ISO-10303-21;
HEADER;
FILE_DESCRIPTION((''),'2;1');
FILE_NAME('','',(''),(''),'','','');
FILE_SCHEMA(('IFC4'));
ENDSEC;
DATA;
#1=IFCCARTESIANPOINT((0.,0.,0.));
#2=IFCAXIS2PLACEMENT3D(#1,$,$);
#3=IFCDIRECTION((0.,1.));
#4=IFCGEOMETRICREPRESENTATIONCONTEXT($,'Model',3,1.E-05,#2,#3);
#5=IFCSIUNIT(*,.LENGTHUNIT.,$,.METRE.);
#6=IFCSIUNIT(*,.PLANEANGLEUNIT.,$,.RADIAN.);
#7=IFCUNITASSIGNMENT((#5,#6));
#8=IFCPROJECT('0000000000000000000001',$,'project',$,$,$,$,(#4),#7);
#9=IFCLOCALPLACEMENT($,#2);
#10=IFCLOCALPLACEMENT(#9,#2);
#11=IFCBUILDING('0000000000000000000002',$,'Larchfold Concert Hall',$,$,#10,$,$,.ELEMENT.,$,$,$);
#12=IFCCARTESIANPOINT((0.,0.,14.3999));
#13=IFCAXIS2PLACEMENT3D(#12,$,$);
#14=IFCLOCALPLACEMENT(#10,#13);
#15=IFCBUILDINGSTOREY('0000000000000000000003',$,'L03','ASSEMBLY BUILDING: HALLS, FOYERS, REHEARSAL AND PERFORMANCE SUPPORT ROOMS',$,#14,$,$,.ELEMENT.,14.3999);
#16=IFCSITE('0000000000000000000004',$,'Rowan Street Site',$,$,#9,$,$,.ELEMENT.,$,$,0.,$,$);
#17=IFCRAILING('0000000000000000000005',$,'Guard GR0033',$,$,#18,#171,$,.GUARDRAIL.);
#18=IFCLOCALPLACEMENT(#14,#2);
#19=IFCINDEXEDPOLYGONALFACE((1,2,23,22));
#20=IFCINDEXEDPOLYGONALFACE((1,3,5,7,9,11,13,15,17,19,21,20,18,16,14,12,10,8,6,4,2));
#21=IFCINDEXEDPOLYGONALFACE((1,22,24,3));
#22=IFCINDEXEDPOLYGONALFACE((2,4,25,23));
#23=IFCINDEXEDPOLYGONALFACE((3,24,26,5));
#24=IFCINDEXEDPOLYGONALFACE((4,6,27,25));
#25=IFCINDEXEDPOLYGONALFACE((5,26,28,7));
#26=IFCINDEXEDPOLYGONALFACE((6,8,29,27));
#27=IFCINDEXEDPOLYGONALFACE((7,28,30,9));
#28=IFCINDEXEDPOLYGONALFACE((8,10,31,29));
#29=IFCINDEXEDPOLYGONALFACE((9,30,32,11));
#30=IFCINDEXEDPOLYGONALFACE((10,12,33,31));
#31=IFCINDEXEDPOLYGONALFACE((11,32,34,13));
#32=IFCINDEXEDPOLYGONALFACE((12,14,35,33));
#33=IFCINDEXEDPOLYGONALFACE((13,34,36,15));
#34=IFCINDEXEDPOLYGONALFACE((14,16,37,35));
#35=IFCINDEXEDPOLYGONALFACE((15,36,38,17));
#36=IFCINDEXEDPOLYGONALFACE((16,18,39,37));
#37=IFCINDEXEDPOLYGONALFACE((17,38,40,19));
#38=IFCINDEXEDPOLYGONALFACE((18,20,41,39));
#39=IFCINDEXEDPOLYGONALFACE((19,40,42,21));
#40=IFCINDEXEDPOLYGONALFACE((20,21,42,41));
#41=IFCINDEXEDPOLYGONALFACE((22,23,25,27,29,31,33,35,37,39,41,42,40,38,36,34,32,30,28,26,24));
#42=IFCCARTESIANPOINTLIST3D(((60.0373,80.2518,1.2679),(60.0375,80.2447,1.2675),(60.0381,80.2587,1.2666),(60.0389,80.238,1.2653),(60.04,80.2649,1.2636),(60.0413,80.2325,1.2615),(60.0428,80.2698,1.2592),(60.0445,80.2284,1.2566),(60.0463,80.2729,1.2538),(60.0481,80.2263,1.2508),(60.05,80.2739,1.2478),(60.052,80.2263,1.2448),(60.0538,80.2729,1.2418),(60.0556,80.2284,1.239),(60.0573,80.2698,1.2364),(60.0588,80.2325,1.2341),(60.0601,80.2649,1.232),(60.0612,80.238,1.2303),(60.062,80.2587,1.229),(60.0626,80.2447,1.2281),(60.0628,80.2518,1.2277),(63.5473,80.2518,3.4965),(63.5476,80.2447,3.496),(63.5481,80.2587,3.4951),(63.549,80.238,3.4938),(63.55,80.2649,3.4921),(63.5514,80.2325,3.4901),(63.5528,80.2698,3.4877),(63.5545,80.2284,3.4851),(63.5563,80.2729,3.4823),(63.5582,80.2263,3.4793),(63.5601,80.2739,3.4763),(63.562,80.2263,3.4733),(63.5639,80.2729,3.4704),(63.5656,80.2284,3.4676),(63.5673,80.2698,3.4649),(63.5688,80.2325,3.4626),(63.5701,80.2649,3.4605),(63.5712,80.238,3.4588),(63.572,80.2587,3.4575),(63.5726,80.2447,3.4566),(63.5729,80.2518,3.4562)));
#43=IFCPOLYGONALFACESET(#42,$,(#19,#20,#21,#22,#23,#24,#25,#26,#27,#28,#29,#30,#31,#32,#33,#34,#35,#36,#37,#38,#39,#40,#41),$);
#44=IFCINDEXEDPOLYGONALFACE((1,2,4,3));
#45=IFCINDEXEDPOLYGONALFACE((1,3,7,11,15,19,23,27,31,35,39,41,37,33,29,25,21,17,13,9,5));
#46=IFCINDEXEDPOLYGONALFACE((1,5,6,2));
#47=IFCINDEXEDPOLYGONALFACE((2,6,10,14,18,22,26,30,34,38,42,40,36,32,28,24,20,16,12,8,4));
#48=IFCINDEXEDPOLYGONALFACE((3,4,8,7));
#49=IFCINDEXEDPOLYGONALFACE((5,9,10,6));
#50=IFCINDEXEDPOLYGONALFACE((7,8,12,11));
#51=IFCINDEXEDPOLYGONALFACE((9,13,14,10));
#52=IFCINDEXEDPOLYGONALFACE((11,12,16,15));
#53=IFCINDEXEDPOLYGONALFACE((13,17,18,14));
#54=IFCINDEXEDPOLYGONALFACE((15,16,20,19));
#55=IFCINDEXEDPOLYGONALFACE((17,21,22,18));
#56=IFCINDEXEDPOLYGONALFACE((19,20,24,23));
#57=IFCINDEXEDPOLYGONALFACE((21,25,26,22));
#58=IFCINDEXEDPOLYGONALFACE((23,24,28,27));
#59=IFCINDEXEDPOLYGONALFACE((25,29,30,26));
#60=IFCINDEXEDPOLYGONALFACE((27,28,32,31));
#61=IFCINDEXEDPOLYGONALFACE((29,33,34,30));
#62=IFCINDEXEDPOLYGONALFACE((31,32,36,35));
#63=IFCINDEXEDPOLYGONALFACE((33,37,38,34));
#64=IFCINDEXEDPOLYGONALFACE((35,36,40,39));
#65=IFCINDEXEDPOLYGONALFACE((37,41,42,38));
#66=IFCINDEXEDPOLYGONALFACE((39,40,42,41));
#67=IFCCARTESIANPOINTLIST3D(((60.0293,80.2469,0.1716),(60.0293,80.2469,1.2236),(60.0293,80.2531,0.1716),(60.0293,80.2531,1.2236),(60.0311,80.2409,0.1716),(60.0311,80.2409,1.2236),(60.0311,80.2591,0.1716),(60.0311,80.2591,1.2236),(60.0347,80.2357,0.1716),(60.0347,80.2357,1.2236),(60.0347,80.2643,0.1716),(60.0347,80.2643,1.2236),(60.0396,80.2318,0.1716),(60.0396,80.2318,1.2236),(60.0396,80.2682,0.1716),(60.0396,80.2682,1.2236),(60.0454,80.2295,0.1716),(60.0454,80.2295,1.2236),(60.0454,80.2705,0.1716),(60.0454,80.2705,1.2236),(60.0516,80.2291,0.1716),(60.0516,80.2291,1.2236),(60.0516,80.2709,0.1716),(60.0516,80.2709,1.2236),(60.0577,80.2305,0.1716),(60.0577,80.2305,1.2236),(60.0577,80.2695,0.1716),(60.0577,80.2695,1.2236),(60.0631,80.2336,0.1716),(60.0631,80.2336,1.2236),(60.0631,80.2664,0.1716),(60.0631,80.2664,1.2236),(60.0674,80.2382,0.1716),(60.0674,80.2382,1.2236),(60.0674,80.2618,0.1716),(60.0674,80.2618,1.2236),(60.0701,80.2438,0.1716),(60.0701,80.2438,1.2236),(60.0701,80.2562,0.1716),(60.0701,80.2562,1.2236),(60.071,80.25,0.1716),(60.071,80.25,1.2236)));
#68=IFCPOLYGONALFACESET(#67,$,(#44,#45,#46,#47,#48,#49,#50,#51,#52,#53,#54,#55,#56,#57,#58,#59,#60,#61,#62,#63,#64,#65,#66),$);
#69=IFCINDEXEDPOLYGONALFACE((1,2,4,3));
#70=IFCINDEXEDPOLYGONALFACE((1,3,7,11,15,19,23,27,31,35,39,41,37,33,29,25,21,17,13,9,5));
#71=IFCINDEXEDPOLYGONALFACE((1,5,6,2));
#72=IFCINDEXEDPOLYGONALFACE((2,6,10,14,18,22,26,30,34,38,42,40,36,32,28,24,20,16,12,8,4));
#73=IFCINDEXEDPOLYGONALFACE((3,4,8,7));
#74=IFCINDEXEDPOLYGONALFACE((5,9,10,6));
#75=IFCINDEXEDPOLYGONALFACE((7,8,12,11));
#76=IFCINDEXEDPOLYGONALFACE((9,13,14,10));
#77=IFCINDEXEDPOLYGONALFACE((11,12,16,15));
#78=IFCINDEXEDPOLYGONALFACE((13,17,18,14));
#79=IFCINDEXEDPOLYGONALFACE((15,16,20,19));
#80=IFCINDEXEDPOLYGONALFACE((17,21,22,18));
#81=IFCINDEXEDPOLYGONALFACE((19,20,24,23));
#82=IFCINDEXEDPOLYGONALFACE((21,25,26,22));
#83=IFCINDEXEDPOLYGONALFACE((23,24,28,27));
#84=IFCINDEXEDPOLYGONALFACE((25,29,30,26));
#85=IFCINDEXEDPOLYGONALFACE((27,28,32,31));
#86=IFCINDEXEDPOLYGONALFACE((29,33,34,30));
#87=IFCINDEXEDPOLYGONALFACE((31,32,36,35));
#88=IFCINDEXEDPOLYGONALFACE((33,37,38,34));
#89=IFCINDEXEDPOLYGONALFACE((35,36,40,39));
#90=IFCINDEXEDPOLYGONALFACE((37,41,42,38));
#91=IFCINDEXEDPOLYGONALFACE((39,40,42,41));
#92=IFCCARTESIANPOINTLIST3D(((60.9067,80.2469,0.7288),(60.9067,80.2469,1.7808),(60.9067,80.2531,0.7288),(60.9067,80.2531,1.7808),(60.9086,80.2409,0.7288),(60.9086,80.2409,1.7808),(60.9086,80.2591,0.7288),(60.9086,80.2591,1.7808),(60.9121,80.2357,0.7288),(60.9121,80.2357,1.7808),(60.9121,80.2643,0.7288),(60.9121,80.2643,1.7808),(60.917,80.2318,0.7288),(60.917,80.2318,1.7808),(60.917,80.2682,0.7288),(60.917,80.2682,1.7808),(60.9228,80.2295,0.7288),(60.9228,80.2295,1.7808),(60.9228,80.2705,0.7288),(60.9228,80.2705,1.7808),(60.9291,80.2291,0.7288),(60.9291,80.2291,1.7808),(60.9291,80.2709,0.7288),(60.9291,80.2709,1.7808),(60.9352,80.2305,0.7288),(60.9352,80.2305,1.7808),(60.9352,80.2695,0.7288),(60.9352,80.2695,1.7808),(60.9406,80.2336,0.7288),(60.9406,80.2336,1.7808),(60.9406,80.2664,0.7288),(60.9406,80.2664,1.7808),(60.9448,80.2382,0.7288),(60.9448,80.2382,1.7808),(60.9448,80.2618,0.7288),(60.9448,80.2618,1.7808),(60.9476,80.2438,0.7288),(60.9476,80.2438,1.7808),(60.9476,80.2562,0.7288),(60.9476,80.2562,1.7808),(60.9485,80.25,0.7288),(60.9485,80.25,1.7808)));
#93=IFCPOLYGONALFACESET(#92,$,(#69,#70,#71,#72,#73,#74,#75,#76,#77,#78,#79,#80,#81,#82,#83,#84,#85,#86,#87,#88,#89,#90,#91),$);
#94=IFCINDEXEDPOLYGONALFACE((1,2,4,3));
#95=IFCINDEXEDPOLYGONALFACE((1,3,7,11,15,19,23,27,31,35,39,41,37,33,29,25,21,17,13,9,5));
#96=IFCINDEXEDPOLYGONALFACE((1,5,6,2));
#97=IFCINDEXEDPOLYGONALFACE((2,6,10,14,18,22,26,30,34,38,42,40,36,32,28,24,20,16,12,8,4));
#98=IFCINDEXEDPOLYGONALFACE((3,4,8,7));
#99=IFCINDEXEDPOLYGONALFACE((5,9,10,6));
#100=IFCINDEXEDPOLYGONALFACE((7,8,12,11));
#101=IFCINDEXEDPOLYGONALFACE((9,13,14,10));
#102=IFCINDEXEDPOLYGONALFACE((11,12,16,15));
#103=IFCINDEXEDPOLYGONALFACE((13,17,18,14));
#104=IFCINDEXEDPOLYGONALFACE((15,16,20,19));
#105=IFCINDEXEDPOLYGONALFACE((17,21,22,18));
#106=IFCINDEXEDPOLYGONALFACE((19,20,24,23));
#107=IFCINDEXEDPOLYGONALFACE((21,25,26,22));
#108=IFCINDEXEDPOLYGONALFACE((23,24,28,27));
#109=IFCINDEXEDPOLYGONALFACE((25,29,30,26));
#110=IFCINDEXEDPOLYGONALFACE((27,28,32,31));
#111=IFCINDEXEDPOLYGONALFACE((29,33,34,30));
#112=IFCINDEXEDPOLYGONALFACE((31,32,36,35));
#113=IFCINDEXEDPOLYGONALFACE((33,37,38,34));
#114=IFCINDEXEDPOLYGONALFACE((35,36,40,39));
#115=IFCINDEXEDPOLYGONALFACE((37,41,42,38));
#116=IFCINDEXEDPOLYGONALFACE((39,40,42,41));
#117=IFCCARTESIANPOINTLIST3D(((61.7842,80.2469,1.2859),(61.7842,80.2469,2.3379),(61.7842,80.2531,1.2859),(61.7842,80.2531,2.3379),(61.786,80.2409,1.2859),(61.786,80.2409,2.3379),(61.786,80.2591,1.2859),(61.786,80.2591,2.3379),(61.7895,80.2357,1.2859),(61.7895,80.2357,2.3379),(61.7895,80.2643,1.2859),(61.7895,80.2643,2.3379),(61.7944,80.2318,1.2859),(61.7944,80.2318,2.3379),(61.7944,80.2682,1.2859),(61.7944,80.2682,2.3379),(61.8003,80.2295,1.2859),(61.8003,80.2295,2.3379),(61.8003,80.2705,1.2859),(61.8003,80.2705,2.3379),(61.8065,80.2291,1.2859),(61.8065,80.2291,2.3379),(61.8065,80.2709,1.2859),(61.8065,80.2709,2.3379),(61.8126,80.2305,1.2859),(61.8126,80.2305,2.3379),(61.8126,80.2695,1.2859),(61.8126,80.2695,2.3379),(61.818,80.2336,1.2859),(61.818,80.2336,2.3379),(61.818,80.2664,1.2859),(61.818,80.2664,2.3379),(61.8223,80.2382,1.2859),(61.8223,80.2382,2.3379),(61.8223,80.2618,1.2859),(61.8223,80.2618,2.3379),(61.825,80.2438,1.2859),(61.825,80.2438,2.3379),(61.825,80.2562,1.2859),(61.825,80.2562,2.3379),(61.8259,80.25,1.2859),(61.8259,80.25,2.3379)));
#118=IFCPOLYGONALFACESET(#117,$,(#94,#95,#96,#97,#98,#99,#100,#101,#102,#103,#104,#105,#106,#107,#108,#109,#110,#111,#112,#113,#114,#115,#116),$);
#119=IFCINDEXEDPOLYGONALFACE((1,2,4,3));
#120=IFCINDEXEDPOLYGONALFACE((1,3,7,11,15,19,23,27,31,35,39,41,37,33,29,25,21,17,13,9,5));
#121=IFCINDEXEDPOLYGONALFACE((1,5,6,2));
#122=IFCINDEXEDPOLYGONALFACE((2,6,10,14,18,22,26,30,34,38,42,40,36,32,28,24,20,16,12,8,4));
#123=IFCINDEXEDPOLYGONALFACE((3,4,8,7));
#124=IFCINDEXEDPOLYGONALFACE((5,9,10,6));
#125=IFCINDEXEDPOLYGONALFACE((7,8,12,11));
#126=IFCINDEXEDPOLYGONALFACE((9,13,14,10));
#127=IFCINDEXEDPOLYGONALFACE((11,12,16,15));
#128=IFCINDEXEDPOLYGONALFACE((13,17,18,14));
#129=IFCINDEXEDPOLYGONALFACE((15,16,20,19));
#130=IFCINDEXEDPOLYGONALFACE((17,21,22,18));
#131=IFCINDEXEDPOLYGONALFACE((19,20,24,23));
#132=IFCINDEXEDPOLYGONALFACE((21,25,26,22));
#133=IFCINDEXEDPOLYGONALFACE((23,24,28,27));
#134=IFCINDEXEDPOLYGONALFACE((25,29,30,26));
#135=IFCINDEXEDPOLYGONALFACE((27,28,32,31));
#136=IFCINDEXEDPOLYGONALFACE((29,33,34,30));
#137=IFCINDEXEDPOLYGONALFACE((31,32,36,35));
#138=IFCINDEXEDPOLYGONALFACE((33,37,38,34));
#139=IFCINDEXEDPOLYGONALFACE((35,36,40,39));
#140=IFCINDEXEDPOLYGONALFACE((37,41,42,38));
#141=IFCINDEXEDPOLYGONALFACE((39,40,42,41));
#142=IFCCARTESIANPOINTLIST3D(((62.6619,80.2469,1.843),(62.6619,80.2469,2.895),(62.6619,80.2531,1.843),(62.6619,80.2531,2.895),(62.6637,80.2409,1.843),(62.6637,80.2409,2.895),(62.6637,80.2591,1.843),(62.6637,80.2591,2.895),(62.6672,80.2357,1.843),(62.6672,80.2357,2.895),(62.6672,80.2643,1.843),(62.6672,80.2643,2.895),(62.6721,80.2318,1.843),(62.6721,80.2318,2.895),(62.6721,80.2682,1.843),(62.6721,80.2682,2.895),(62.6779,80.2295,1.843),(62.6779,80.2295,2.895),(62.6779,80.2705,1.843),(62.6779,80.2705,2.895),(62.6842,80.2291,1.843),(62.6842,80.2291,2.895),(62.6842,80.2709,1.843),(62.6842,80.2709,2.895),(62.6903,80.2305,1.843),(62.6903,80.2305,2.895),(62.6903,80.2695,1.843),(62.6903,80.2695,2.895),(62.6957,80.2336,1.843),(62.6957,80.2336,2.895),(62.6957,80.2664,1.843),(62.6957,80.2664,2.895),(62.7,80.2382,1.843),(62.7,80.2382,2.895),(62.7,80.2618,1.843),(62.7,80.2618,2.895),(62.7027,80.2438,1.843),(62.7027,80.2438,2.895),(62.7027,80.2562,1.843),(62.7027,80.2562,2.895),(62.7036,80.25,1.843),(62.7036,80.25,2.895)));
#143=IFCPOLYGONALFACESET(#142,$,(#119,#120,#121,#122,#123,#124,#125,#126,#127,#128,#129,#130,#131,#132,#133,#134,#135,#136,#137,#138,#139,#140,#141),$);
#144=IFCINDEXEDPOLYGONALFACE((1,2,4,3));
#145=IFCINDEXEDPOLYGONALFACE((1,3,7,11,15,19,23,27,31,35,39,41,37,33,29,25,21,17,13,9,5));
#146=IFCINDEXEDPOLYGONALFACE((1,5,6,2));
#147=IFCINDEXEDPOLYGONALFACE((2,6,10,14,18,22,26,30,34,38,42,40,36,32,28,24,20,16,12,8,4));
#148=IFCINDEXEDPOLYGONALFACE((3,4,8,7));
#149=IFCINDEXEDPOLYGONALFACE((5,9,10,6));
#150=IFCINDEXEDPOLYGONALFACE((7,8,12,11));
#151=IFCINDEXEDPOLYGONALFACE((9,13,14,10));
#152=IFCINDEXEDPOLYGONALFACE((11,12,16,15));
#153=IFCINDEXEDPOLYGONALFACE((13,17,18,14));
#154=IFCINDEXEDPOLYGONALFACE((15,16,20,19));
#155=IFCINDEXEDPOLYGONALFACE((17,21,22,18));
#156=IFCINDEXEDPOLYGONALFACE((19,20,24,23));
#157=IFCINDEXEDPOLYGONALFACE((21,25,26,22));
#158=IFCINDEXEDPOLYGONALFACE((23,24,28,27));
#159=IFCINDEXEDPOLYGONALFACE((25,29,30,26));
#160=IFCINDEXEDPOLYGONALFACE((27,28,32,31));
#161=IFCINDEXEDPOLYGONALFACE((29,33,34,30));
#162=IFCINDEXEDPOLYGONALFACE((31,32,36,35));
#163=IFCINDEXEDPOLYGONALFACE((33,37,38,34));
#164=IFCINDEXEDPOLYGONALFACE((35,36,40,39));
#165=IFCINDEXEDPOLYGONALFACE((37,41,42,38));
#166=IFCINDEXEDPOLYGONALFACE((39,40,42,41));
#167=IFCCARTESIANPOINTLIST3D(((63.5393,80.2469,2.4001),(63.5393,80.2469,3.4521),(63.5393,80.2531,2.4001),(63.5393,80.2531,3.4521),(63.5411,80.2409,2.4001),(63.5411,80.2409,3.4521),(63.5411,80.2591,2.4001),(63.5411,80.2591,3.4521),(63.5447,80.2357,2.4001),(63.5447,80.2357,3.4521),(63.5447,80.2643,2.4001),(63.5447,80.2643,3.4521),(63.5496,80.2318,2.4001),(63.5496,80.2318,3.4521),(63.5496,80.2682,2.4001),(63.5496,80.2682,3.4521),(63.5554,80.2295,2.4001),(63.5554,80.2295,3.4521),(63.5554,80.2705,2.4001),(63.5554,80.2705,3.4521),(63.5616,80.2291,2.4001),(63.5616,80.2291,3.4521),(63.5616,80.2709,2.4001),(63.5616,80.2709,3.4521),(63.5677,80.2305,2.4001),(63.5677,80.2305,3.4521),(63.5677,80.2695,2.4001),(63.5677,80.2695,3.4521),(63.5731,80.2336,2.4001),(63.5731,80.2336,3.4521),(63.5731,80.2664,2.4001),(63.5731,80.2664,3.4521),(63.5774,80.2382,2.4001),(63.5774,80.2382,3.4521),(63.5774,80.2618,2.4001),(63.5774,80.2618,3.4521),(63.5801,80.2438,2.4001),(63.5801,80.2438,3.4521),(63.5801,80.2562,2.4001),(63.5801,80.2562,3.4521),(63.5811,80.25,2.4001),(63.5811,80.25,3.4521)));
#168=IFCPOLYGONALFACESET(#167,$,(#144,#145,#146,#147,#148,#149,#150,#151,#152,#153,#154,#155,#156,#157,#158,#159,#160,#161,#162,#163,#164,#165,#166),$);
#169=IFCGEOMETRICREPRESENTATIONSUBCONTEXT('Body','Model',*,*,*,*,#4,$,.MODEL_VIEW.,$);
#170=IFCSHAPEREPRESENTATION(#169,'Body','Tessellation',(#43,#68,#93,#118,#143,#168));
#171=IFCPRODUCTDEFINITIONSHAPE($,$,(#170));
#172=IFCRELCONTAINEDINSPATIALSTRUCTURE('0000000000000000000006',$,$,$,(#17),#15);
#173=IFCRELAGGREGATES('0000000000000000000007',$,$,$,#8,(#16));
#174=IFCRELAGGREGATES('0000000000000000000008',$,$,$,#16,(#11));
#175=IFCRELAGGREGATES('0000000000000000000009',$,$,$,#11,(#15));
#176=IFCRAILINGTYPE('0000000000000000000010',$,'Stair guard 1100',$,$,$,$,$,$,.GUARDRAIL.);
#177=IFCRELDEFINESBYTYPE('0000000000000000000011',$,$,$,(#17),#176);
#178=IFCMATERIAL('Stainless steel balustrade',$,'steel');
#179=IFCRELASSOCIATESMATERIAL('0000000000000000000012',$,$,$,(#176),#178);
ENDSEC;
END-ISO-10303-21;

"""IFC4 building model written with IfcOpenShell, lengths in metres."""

from ifc_helpers import new_model, si_unit, direction, frame, origin, origin_2d, place, context, subcontext, project, spatial, circle, extrude, material, type_object, element, save


model = new_model("IFC4")

# Units and contexts
model_context = context("Model", 3, precision=1e-05, world=origin(), true_north=direction((0.0, 1.0)))
body_context = subcontext(model_context, "Body", "Model", "MODEL_VIEW")
ifc_project = project(units=[si_unit("LENGTHUNIT", "METRE"), si_unit("PLANEANGLEUNIT", "RADIAN")], contexts=[model_context])

# Site, building, storey
site_placement = place(None, origin())
site = spatial("IfcSite", under=ifc_project, at=site_placement, Name="Rowan Street Site", CompositionType="ELEMENT", RefElevation=0.0)
building_placement = place(site_placement, origin())
building = spatial("IfcBuilding", under=site, at=building_placement, Name="Larchfold Concert Hall", CompositionType="ELEMENT")
storey_placement = place(building_placement, frame((0.0, 0.0, 14.3999)))
storey = spatial("IfcBuildingStorey", under=building, at=storey_placement, Name="L03", Description="ASSEMBLY BUILDING: HALLS, FOYERS, REHEARSAL AND PERFORMANCE SUPPORT ROOMS", CompositionType="ELEMENT", Elevation=14.3999)

# Railing
ifc_material_1 = material(Name="Stainless steel balustrade", Category="steel")
railing_type_1 = type_object("IfcRailingType", Name="Stair guard 1100", PredefinedType="GUARDRAIL", material=ifc_material_1)
railing_1_placement = place(storey_placement, frame((60.05, 80.25, 0.1716)))
element("IfcRailing", 1, at=railing_1_placement, inside=storey, type_object=railing_type_1, Name="Guard GR0033", PredefinedType="GUARDRAIL", context=body_context, shape_type="SweptSolid", body=[
    extrude(circle(Radius=0.0239, at=origin_2d()), frame((0.0, 0.0, 1.0762), z_axis=(0.84422, 0.0, 0.535998), x_axis=(0.0, 1.0, 0.0)), (0.0, 0.0, 1.0), 4.1577),
    extrude(circle(Radius=0.021, at=origin_2d()), origin(), (0.0, 0.0, 1.0), 1.052),
    extrude(circle(Radius=0.021, at=origin_2d()), frame((0.8774, 0.0, 0.5571)), (0.0, 0.0, 1.0), 1.052),
    extrude(circle(Radius=0.021, at=origin_2d()), frame((1.7549, 0.0, 1.1143)), (0.0, 0.0, 1.0), 1.052),
    extrude(circle(Radius=0.021, at=origin_2d()), frame((2.6326, 0.0, 1.6714)), (0.0, 0.0, 1.0), 1.052),
    extrude(circle(Radius=0.021, at=origin_2d()), frame((3.51, 0.0, 2.2285)), (0.0, 0.0, 1.0), 1.052),
])

save(model, "model.ifc")
